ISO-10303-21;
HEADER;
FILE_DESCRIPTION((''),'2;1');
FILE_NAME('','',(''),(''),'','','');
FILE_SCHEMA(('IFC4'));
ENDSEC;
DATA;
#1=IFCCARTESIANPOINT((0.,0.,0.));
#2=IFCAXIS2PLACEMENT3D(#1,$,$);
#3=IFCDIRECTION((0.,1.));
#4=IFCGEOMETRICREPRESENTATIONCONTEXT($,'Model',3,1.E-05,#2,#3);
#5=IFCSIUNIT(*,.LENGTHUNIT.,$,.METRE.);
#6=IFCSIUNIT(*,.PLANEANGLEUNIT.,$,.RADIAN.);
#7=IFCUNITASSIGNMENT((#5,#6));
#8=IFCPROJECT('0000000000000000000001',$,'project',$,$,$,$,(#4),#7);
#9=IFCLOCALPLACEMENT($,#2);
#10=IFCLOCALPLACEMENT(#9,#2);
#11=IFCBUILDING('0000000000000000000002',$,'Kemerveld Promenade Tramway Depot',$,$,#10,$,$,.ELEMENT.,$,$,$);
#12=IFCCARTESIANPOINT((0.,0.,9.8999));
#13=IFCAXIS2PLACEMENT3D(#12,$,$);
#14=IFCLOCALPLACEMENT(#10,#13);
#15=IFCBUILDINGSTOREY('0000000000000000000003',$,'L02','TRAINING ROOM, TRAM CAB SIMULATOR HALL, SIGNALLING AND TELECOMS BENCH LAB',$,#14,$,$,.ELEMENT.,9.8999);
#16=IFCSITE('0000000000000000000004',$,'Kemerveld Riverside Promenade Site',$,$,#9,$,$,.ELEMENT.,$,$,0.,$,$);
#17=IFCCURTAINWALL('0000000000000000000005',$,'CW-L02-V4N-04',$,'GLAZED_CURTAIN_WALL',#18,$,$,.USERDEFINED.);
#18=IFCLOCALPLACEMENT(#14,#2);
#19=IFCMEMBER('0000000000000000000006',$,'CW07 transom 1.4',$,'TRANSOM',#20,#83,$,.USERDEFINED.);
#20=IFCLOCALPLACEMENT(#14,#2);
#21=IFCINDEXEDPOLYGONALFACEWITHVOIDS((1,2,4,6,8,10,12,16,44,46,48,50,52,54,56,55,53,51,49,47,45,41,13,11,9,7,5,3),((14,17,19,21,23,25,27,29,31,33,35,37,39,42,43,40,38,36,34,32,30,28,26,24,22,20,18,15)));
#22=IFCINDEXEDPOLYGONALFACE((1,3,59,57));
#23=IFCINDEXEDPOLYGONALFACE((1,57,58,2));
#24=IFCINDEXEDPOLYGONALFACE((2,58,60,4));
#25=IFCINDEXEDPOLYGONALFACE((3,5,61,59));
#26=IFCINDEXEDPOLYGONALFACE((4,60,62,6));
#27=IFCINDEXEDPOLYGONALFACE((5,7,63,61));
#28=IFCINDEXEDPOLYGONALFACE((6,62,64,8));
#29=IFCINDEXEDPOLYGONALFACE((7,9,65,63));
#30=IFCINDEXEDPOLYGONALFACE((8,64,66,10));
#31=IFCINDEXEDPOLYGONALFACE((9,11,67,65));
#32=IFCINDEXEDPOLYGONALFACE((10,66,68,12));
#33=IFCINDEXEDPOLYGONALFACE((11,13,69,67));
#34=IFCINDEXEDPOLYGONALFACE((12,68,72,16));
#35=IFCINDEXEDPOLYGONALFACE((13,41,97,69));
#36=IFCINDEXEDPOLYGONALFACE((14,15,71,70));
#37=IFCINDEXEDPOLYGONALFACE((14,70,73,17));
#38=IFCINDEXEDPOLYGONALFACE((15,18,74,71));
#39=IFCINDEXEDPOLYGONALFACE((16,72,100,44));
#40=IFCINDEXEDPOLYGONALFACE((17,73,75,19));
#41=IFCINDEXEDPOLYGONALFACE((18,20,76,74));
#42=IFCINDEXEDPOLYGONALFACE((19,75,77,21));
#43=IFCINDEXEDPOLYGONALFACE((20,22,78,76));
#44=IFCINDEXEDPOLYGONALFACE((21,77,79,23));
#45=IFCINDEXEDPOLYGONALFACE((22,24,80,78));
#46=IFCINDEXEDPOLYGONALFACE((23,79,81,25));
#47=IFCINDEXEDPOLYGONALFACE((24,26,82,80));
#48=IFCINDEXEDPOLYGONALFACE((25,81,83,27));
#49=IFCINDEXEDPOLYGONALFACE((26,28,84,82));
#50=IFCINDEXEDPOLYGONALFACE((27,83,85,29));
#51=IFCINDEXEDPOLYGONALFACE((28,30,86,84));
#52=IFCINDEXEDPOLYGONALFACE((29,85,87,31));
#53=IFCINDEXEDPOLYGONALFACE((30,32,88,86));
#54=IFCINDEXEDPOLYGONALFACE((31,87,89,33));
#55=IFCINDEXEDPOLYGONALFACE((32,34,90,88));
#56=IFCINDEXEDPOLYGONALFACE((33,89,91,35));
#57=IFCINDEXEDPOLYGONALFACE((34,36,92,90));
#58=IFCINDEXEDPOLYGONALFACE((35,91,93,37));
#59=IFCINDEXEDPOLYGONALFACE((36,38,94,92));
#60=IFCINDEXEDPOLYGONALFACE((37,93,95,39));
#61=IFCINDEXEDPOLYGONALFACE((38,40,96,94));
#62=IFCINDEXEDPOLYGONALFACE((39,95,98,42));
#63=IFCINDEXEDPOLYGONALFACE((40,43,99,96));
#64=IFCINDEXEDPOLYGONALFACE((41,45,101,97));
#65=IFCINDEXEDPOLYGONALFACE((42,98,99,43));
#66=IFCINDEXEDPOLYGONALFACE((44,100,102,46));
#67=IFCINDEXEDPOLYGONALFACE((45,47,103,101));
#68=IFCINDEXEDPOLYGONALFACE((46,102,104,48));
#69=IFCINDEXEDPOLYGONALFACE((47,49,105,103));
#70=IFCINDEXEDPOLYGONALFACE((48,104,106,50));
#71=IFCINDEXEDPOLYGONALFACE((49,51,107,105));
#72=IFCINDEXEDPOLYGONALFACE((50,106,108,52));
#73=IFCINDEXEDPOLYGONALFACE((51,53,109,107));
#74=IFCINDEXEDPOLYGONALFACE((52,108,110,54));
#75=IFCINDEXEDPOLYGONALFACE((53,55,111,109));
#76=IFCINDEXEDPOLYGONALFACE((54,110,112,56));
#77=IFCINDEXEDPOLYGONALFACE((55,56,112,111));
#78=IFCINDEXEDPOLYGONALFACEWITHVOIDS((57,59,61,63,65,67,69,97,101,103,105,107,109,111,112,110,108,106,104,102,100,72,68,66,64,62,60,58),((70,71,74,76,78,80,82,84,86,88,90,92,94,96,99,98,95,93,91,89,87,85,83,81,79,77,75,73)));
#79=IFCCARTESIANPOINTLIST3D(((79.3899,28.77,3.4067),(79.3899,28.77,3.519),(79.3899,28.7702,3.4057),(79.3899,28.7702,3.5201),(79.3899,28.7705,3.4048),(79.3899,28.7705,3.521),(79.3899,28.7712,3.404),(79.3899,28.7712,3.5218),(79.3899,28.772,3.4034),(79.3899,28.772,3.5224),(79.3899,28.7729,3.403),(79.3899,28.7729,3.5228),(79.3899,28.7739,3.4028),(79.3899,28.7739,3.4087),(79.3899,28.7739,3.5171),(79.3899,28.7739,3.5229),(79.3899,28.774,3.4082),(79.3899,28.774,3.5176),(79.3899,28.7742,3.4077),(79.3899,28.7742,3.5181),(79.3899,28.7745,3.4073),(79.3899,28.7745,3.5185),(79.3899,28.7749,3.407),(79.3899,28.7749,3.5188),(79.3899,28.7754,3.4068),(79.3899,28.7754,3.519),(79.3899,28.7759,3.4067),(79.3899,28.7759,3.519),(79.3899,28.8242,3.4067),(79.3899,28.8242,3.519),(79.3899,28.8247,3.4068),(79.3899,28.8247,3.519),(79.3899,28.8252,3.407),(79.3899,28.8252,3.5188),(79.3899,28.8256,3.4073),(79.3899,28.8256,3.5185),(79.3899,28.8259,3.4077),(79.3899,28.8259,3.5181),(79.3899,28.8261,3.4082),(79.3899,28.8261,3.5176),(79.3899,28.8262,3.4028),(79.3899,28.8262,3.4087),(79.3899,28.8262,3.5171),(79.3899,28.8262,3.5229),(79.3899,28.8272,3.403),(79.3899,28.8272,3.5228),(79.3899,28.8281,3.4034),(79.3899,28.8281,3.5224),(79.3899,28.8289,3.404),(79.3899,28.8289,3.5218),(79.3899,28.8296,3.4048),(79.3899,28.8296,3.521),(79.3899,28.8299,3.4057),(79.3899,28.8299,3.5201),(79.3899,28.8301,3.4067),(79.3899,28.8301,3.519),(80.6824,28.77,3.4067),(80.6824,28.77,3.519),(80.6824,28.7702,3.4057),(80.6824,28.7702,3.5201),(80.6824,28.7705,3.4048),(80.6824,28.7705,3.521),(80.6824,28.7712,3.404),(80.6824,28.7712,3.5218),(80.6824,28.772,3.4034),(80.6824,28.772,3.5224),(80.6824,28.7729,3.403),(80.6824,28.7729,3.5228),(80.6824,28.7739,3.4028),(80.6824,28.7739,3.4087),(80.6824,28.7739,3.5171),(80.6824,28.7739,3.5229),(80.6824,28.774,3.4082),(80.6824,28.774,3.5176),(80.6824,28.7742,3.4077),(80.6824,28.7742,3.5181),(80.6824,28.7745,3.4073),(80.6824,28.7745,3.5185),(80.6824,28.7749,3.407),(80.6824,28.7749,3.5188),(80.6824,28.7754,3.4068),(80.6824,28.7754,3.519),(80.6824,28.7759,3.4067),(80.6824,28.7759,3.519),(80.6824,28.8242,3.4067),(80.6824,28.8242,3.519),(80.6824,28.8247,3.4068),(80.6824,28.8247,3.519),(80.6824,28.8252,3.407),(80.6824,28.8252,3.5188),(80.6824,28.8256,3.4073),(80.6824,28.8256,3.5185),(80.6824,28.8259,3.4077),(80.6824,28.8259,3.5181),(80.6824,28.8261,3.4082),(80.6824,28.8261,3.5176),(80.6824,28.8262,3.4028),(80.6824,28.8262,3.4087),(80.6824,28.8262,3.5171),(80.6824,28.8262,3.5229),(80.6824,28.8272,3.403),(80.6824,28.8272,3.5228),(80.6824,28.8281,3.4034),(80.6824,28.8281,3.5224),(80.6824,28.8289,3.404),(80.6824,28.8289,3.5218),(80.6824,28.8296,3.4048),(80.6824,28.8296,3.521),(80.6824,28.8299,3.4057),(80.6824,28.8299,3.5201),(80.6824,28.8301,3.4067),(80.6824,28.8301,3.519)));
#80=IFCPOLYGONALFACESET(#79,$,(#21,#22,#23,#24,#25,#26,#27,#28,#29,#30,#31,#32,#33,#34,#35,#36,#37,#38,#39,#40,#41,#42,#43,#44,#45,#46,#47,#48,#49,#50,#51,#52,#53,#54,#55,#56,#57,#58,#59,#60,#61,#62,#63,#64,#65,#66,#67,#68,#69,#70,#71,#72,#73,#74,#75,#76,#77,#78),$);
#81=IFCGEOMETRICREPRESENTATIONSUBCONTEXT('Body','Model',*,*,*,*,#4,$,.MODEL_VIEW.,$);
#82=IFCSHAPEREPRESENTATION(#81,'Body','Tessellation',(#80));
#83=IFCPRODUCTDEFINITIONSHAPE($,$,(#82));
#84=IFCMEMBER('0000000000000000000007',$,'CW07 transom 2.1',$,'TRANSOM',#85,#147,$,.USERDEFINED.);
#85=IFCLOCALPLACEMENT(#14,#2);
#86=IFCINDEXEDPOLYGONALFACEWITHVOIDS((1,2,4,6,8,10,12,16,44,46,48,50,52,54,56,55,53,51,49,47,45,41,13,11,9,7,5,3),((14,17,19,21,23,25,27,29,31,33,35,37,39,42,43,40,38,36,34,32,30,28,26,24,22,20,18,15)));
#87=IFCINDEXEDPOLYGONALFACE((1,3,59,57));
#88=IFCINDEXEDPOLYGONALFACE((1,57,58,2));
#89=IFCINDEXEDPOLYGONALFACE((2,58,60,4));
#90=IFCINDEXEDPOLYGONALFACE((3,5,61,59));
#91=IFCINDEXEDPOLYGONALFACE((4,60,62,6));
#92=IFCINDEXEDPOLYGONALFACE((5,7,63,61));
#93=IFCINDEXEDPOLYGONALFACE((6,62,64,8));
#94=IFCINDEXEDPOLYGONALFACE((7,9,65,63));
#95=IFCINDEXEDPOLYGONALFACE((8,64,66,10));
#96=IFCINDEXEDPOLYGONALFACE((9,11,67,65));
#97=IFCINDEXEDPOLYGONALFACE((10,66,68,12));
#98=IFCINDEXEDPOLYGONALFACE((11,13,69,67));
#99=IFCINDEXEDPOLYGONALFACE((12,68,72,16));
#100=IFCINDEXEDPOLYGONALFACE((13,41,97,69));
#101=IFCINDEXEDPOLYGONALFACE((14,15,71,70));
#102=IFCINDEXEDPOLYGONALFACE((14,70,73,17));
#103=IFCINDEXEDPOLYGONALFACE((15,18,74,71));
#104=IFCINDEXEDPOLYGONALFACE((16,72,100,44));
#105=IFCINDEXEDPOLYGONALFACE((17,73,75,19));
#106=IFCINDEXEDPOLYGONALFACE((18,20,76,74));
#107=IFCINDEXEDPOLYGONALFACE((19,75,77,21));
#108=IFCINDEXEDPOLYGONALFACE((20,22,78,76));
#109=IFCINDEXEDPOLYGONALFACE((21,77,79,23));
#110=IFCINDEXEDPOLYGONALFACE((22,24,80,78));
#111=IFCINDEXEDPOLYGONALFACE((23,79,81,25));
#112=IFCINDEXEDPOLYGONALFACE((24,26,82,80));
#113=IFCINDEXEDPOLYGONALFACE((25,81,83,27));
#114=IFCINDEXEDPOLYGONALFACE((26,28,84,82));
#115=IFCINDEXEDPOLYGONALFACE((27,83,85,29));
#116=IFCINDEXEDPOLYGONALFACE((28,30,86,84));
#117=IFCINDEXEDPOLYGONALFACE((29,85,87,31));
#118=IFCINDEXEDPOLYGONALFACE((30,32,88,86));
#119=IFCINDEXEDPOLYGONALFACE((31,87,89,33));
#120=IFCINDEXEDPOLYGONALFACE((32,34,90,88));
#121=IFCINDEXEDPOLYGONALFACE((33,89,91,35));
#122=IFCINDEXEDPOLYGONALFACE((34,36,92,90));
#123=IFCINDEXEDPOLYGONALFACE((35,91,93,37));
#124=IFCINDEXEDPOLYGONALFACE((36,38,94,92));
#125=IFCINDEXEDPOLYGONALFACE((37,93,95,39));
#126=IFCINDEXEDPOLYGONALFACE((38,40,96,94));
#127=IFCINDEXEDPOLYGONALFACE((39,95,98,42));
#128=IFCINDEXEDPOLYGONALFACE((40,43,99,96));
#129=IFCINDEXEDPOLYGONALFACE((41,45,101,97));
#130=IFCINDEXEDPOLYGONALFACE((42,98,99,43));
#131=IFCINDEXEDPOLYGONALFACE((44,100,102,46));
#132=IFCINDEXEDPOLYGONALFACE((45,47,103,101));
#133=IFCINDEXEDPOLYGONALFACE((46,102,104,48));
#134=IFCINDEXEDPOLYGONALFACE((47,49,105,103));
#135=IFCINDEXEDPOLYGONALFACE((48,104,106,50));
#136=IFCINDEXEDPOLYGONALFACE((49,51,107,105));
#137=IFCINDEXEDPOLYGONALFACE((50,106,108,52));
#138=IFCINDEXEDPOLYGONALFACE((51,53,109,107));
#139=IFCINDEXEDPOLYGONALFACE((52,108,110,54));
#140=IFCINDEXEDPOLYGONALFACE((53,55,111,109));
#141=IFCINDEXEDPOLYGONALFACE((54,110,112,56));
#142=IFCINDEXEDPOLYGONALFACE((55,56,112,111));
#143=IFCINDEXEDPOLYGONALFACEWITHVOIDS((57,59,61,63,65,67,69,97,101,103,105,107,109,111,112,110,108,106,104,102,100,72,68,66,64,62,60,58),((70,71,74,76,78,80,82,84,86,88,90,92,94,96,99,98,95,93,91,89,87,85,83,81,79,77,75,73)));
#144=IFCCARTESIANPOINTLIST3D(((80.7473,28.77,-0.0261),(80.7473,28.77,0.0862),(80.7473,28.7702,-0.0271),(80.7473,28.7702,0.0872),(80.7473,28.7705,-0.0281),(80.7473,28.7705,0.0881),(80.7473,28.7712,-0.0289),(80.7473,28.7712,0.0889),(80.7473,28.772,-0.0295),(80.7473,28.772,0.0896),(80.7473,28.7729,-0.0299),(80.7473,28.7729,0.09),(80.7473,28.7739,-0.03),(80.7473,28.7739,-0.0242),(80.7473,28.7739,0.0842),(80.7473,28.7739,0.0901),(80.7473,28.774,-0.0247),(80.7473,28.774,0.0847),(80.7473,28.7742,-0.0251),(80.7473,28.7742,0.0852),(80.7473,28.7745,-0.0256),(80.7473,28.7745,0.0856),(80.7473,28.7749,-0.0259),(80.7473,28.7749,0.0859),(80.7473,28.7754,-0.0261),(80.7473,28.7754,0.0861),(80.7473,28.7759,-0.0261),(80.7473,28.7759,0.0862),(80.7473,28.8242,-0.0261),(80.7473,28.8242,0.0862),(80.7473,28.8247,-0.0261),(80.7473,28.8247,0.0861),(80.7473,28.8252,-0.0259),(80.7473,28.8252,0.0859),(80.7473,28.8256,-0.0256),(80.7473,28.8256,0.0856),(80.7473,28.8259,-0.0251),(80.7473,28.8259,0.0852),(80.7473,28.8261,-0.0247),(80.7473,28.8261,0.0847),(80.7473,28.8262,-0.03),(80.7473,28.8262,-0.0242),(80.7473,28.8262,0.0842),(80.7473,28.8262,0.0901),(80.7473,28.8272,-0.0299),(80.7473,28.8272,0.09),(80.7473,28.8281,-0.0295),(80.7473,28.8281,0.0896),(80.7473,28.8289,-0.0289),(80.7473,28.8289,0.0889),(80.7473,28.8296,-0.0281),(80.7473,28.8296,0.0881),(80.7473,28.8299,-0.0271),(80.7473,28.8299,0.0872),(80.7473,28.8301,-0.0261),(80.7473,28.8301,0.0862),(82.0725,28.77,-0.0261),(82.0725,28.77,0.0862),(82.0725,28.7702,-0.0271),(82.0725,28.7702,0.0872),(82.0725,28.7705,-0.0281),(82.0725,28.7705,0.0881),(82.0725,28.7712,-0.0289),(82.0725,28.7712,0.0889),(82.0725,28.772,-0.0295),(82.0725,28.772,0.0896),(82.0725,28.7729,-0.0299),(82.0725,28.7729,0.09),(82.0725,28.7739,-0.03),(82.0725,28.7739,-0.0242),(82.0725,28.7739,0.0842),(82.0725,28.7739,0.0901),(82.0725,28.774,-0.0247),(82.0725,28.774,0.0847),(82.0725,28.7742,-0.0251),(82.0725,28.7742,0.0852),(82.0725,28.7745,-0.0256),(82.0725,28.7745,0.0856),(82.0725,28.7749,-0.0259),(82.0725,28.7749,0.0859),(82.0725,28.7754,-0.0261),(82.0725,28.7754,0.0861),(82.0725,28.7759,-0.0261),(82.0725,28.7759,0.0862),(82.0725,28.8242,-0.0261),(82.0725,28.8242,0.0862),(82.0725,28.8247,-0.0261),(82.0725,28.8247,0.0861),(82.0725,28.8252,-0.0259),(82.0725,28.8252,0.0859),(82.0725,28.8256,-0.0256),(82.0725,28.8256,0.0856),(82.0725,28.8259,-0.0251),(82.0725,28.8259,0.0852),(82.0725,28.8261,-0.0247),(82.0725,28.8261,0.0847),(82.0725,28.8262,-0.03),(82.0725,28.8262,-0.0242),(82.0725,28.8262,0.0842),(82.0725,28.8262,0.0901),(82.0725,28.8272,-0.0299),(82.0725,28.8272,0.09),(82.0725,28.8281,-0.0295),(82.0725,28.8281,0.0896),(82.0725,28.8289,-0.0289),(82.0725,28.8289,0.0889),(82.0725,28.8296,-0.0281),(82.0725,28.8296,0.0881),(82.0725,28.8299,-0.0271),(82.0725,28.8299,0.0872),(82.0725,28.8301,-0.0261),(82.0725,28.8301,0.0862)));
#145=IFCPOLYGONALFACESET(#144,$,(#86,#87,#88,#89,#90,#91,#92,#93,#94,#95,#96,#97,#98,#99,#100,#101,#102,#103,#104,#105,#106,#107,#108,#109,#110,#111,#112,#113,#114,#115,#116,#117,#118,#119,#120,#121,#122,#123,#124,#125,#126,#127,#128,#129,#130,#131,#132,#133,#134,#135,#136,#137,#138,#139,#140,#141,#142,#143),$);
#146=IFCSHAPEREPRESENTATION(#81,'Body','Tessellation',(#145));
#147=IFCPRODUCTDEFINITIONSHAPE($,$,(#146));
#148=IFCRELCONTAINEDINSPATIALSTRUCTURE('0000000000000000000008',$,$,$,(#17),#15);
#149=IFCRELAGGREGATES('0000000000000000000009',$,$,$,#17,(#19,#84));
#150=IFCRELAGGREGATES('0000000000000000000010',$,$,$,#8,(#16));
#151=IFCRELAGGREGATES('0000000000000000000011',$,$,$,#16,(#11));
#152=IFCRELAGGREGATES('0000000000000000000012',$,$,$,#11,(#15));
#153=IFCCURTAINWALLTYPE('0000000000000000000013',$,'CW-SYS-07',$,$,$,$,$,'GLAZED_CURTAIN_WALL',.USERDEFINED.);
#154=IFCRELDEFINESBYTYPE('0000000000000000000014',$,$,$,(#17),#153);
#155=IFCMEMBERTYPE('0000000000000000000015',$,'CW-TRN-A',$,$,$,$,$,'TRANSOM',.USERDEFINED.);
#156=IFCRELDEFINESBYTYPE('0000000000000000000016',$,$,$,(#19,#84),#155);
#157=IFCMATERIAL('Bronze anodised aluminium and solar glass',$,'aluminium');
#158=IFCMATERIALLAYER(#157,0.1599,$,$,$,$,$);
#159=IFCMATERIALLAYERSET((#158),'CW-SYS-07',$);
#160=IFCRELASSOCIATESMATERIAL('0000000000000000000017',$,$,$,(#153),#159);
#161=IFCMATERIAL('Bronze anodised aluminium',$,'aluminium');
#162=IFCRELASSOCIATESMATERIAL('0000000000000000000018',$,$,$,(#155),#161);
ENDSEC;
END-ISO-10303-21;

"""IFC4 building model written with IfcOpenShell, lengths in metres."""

from ifc_helpers import new_model, si_unit, direction, frame, origin, origin_2d, place, context, subcontext, project, spatial, hollow_rectangle, extrude, material, layer, layer_set, material_profile, profile_set, type_object, element, aggregate, save


model = new_model("IFC4")

# Units and contexts
model_context = context("Model", 3, precision=1e-05, world=origin(), true_north=direction((0.0, 1.0)))
body_context = subcontext(model_context, "Body", "Model", "MODEL_VIEW")
ifc_project = project(units=[si_unit("LENGTHUNIT", "METRE"), si_unit("PLANEANGLEUNIT", "RADIAN")], contexts=[model_context])

# Site, building, storey
site_placement = place(None, origin())
site = spatial("IfcSite", under=ifc_project, at=site_placement, Name="Kemerveld Riverside Promenade Site", CompositionType="ELEMENT", RefElevation=0.0)
building_placement = place(site_placement, origin())
building = spatial("IfcBuilding", under=site, at=building_placement, Name="Kemerveld Promenade Tramway Depot", CompositionType="ELEMENT")
storey_placement = place(building_placement, frame((0.0, 0.0, 9.8999)))
storey = spatial("IfcBuildingStorey", under=building, at=storey_placement, Name="L02", Description="TRAINING ROOM, TRAM CAB SIMULATOR HALL, SIGNALLING AND TELECOMS BENCH LAB", CompositionType="ELEMENT", Elevation=9.8999)

# Curtain wall, members
ifc_material_1 = material(Name="Bronze anodised aluminium and solar glass", Category="aluminium")
ifc_layer_1 = layer(ifc_material_1, 0.1599)
ifc_layer_set_1 = layer_set([ifc_layer_1], Name="CW-SYS-07")
curtain_wall_type = type_object("IfcCurtainWallType", Name="CW-SYS-07", ElementType="GLAZED_CURTAIN_WALL", PredefinedType="USERDEFINED", material=ifc_layer_set_1)
curtain_wall_placement = place(storey_placement, origin())
curtain_wall = element("IfcCurtainWall", 1, at=curtain_wall_placement, inside=storey, type_object=curtain_wall_type, Name="CW-L02-V4N-04", ObjectType="GLAZED_CURTAIN_WALL", PredefinedType="USERDEFINED")
ifc_material_2 = material(Name="Bronze anodised aluminium", Category="aluminium")
ifc_material_profile_1 = material_profile(ifc_material_2, hollow_rectangle(XDim=0.0601, YDim=0.1201, WallThickness=0.0039, InnerFilletRadius=0.002, OuterFilletRadius=0.0039, at=origin_2d()), Name="CW-TRN-120x60")
ifc_profile_set_1 = profile_set([ifc_material_profile_1], Name="Bronze anodised aluminium")
member_type_1 = type_object("IfcMemberType", Name="CW-TRN-A", ElementType="TRANSOM", PredefinedType="USERDEFINED", material=ifc_profile_set_1)
member_1_placement = place(storey_placement, frame((79.3899, 28.8, 3.4629), z_axis=(1.0, 0.0, 0.0), x_axis=(0.0, 1.0, 0.0)))
member_1 = element("IfcMember", 2, at=member_1_placement, type_object=member_type_1, Name="CW07 transom 1.4", ObjectType="TRANSOM", PredefinedType="USERDEFINED", context=body_context, shape_type="SweptSolid", body=[
    extrude(hollow_rectangle(XDim=0.0601, YDim=0.1201, WallThickness=0.0039, InnerFilletRadius=0.002, OuterFilletRadius=0.0039, at=origin_2d()), origin(), (0.0, 0.0, 1.0), 1.2925),
])
member_2_placement = place(storey_placement, frame((80.7473, 28.8, 0.03), z_axis=(1.0, 0.0, 0.0), x_axis=(0.0, 1.0, 0.0)))
member_2 = element("IfcMember", 3, at=member_2_placement, type_object=member_type_1, Name="CW07 transom 2.1", ObjectType="TRANSOM", PredefinedType="USERDEFINED", context=body_context, shape_type="SweptSolid", body=[
    extrude(hollow_rectangle(XDim=0.0601, YDim=0.1201, WallThickness=0.0039, InnerFilletRadius=0.002, OuterFilletRadius=0.0039, at=origin_2d()), origin(), (0.0, 0.0, 1.0), 1.3252),
])
aggregate(curtain_wall, [member_1, member_2])

save(model, "model.ifc")
